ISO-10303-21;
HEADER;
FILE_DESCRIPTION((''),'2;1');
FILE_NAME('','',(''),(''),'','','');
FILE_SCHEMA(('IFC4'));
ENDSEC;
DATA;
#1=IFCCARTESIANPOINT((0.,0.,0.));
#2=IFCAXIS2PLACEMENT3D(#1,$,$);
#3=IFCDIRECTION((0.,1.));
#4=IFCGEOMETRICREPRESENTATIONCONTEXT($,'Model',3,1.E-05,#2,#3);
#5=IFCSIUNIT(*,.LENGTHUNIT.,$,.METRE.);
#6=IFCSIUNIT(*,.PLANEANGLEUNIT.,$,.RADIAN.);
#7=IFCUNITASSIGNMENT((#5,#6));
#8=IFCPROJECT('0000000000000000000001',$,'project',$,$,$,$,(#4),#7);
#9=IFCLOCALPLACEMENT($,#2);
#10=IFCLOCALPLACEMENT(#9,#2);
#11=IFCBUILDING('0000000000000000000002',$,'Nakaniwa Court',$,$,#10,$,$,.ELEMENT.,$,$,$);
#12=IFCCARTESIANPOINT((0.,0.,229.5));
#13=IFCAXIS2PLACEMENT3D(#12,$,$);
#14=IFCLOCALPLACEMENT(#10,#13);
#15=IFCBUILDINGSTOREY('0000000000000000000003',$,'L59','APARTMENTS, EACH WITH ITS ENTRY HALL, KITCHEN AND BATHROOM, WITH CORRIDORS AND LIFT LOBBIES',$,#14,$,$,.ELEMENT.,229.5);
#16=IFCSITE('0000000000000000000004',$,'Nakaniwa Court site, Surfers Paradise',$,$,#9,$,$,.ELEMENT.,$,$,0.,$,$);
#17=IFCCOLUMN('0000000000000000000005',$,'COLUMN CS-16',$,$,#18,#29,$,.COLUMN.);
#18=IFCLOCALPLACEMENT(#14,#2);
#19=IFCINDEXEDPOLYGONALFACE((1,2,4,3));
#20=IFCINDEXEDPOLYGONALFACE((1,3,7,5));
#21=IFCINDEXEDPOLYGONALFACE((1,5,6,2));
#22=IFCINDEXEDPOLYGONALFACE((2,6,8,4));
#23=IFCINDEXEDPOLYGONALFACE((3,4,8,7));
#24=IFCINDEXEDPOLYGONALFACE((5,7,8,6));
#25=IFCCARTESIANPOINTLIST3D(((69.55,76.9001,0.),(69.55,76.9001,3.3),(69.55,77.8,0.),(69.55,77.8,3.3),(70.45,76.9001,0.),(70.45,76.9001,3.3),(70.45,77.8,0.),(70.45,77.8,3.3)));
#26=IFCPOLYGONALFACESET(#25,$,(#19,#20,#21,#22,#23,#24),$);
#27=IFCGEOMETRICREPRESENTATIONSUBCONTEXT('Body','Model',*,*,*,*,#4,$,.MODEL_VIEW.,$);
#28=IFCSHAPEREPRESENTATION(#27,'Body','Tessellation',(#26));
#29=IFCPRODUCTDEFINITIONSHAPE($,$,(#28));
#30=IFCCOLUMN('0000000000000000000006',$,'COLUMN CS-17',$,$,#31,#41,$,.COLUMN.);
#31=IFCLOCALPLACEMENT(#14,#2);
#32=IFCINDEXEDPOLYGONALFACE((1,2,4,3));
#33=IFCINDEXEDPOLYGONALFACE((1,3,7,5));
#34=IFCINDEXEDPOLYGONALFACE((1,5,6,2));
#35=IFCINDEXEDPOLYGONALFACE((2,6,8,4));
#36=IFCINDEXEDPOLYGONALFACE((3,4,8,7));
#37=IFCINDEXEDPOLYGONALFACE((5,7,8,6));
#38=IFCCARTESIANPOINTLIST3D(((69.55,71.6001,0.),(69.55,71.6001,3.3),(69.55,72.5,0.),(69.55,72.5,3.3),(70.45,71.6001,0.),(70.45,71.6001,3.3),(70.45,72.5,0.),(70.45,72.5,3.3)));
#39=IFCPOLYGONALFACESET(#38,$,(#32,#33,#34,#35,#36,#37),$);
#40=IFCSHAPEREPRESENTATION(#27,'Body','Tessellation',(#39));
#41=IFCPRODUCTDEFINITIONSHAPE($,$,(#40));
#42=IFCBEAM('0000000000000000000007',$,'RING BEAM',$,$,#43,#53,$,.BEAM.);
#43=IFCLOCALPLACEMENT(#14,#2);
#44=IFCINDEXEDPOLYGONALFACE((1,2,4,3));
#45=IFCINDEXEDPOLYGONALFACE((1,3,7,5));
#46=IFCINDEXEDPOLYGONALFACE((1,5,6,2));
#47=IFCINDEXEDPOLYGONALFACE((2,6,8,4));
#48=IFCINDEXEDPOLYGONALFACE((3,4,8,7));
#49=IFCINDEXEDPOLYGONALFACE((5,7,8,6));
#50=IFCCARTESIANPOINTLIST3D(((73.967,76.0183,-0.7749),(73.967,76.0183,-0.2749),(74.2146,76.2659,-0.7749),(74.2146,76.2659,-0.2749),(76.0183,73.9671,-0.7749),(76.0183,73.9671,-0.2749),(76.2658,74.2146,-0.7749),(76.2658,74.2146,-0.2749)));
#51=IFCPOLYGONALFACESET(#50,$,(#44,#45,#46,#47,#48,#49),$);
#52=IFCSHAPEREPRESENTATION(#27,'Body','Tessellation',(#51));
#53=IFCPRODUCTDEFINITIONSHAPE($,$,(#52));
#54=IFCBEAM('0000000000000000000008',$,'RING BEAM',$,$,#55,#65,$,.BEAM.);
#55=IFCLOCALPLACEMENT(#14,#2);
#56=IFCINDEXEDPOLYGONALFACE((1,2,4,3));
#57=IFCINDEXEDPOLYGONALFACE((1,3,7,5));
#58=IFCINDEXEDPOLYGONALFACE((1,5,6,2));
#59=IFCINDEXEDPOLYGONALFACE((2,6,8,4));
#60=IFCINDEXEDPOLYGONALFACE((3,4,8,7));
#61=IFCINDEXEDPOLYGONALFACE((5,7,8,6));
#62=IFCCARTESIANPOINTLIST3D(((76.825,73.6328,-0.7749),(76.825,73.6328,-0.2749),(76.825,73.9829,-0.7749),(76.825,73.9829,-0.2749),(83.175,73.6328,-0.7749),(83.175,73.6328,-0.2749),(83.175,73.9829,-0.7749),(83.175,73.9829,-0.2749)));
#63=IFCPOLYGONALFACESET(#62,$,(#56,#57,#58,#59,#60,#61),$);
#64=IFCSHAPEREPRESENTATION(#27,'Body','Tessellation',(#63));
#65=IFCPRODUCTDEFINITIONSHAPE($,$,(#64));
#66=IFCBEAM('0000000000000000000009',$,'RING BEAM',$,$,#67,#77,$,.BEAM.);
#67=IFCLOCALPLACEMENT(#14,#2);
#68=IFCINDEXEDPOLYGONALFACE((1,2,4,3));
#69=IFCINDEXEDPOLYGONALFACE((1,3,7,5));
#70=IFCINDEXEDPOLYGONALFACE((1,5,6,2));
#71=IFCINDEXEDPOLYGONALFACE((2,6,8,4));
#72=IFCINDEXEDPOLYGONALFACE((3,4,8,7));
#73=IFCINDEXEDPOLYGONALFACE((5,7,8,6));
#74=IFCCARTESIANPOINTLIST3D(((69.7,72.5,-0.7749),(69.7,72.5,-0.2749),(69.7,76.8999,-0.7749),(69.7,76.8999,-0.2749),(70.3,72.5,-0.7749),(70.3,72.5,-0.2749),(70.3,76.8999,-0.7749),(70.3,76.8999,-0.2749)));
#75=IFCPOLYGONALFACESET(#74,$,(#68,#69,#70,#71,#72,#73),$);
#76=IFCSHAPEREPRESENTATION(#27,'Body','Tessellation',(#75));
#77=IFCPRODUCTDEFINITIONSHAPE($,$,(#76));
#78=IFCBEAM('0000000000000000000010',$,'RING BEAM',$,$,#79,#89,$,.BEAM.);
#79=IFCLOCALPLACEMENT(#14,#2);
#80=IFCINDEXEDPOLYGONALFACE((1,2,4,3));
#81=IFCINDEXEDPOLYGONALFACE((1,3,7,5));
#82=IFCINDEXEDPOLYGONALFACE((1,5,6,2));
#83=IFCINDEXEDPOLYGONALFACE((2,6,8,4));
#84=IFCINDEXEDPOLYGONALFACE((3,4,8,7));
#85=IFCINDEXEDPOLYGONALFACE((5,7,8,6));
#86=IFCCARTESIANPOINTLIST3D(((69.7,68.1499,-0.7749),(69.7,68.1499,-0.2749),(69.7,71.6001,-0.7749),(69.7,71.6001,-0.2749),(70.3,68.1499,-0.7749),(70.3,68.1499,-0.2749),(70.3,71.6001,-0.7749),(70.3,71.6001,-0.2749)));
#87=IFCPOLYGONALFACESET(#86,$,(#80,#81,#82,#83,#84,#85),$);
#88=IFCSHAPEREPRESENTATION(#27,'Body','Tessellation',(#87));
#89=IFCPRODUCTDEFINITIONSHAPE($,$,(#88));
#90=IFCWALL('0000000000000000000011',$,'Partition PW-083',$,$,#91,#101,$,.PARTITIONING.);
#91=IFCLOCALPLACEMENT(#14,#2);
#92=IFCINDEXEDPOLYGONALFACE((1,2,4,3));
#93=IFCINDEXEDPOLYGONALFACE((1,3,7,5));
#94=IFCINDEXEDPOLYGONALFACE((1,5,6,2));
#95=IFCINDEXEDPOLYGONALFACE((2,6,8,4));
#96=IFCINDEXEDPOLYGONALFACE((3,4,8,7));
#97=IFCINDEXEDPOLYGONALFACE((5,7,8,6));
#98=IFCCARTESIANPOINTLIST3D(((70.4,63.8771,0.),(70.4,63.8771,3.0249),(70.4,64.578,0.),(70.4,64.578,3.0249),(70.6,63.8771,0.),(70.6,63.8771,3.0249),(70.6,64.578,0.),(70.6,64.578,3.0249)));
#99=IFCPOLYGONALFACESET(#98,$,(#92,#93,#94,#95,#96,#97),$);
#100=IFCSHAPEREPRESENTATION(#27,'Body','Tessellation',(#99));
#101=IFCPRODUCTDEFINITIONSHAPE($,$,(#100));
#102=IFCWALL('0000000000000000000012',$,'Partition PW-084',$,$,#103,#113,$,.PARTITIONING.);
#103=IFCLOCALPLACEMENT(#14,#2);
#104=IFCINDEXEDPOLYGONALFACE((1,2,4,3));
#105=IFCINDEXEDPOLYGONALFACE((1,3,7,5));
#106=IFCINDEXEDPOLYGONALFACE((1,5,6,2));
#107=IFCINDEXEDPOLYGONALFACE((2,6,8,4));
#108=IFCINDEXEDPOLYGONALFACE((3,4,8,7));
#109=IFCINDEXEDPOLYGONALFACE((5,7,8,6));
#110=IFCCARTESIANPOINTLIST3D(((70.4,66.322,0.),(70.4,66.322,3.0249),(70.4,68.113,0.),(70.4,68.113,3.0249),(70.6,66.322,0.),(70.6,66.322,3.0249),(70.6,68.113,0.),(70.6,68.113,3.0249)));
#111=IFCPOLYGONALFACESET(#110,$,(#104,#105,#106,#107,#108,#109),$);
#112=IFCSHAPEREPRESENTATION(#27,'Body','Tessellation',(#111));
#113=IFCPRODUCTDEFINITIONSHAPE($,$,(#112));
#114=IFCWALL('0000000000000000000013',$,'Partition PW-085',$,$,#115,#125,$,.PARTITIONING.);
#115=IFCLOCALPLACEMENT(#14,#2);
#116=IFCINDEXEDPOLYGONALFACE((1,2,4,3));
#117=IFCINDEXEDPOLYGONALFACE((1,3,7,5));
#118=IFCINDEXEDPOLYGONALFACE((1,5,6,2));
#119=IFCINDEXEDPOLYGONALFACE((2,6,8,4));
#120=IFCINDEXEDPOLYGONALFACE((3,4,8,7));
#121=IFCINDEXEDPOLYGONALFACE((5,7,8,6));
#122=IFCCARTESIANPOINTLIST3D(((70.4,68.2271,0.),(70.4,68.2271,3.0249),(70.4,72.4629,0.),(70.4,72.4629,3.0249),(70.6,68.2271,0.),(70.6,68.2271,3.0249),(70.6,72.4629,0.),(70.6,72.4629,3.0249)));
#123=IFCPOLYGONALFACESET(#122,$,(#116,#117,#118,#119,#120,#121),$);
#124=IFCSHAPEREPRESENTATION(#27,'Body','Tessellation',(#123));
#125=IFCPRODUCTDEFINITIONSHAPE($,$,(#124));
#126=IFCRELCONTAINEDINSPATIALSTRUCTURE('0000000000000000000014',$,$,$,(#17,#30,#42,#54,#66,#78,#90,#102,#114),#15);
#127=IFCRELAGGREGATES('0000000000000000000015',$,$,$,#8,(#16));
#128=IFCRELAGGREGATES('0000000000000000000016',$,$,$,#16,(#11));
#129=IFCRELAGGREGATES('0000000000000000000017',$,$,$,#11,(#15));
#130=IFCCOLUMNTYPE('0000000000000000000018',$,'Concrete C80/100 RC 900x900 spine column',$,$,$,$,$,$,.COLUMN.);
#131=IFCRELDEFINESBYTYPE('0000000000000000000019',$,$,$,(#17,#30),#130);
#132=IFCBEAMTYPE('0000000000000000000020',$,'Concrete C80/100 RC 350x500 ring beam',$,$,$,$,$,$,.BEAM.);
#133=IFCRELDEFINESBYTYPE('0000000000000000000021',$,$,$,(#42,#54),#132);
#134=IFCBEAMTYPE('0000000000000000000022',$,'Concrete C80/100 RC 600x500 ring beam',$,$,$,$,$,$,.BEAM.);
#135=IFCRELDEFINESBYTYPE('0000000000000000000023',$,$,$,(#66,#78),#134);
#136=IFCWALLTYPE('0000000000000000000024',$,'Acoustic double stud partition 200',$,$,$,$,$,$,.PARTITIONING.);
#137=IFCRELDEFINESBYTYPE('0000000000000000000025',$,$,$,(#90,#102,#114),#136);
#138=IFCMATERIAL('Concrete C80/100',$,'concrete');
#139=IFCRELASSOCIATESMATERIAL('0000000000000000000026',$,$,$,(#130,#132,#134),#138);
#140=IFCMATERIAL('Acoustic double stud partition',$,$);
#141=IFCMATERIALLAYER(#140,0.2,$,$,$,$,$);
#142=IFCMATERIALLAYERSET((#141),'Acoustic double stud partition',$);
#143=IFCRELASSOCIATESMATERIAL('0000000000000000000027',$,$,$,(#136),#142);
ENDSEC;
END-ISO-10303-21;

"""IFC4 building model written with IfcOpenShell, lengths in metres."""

from ifc_helpers import new_model, si_unit, direction, frame, frame_2d, origin, origin_2d, place, context, subcontext, project, spatial, rectangle, extrude, material, layer, layer_set, material_profile, profile_set, type_object, element, save


model = new_model("IFC4")

# Units and contexts
model_context = context("Model", 3, precision=1e-05, world=origin(), true_north=direction((0.0, 1.0)))
body_context = subcontext(model_context, "Body", "Model", "MODEL_VIEW")
ifc_project = project(units=[si_unit("LENGTHUNIT", "METRE"), si_unit("PLANEANGLEUNIT", "RADIAN")], contexts=[model_context])

# Site, building, storey
site_placement = place(None, origin())
site = spatial("IfcSite", under=ifc_project, at=site_placement, Name="Nakaniwa Court site, Surfers Paradise", CompositionType="ELEMENT", RefElevation=0.0)
building_placement = place(site_placement, origin())
building = spatial("IfcBuilding", under=site, at=building_placement, Name="Nakaniwa Court", CompositionType="ELEMENT")
storey_placement = place(building_placement, frame((0.0, 0.0, 229.5)))
storey = spatial("IfcBuildingStorey", under=building, at=storey_placement, Name="L59", Description="APARTMENTS, EACH WITH ITS ENTRY HALL, KITCHEN AND BATHROOM, WITH CORRIDORS AND LIFT LOBBIES", CompositionType="ELEMENT", Elevation=229.5)

# Columns
ifc_material_1 = material(Name="Concrete C80/100", Category="concrete")
ifc_material_profile_1 = material_profile(ifc_material_1, rectangle(XDim=0.8999, YDim=0.8999, at=origin_2d()), Name="Concrete C80/100 RC 900x900 spine column")
ifc_profile_set_1 = profile_set([ifc_material_profile_1], Name="Concrete C80/100")
column_type_1 = type_object("IfcColumnType", Name="Concrete C80/100 RC 900x900 spine column", PredefinedType="COLUMN", material=ifc_profile_set_1)
for number, where, z_axis, x_axis, name in (
    (1, (70.0, 77.3501, 0.0), (0.0, 0.0, 1.0), (0.0, -1.0, 0.0), "COLUMN CS-16"),
    (2, (70.0, 72.05, 0.0), (0.0, 0.0, 1.0), (0.0, -1.0, 0.0), "COLUMN CS-17"),
):
    element("IfcColumn", number, at=place(storey_placement, frame(where, z_axis=z_axis, x_axis=x_axis)), inside=storey, type_object=column_type_1, Name=name, PredefinedType="COLUMN", context=body_context, shape_type="SweptSolid", body=[
        extrude(rectangle(XDim=0.8999, YDim=0.8999, at=origin_2d()), origin(), (0.0, 0.0, 1.0), 3.3),
    ])

# Beams
ifc_material_profile_2 = material_profile(ifc_material_1, rectangle(XDim=0.3501, YDim=0.5, at=origin_2d()), Name="Concrete C80/100 RC 350x500 ring beam")
ifc_profile_set_2 = profile_set([ifc_material_profile_2], Name="Concrete C80/100")
beam_type_1 = type_object("IfcBeamType", Name="Concrete C80/100 RC 350x500 ring beam", PredefinedType="BEAM", material=ifc_profile_set_2)
beam_1_placement = place(storey_placement, frame((74.0908, 76.1421, -0.5249), z_axis=(0.707107, -0.707107, 0.0), x_axis=(0.707107, 0.707107, 0.0)))
element("IfcBeam", 3, at=beam_1_placement, inside=storey, type_object=beam_type_1, Name="RING BEAM", PredefinedType="BEAM", context=body_context, shape_type="SweptSolid", body=[
    extrude(rectangle(XDim=0.3501, YDim=0.5, at=origin_2d()), origin(), (0.0, 0.0, 1.0), 2.9009),
])
beam_2_placement = place(storey_placement, frame((76.825, 73.8079, -0.5249), z_axis=(1.0, 0.0, 0.0), x_axis=(0.0, 1.0, 0.0)))
element("IfcBeam", 4, at=beam_2_placement, inside=storey, type_object=beam_type_1, Name="RING BEAM", PredefinedType="BEAM", context=body_context, shape_type="SweptSolid", body=[
    extrude(rectangle(XDim=0.3501, YDim=0.5, at=origin_2d()), origin(), (0.0, 0.0, 1.0), 6.3501),
])
ifc_material_profile_3 = material_profile(ifc_material_1, rectangle(XDim=0.6001, YDim=0.5, at=origin_2d()), Name="Concrete C80/100 RC 600x500 ring beam")
ifc_profile_set_3 = profile_set([ifc_material_profile_3], Name="Concrete C80/100")
beam_type_2 = type_object("IfcBeamType", Name="Concrete C80/100 RC 600x500 ring beam", PredefinedType="BEAM", material=ifc_profile_set_3)
beam_3_placement = place(storey_placement, frame((70.0, 76.8999, -0.5249), z_axis=(0.0, -1.0, 0.0), x_axis=(1.0, 0.0, 0.0)))
element("IfcBeam", 5, at=beam_3_placement, inside=storey, type_object=beam_type_2, Name="RING BEAM", PredefinedType="BEAM", context=body_context, shape_type="SweptSolid", body=[
    extrude(rectangle(XDim=0.6001, YDim=0.5, at=origin_2d()), origin(), (0.0, 0.0, 1.0), 4.3999),
])
beam_4_placement = place(storey_placement, frame((70.0, 71.6001, -0.5249), z_axis=(0.0, -1.0, 0.0), x_axis=(1.0, 0.0, 0.0)))
element("IfcBeam", 6, at=beam_4_placement, inside=storey, type_object=beam_type_2, Name="RING BEAM", PredefinedType="BEAM", context=body_context, shape_type="SweptSolid", body=[
    extrude(rectangle(XDim=0.6001, YDim=0.5, at=origin_2d()), origin(), (0.0, 0.0, 1.0), 3.4502),
])

# Walls
ifc_material_2 = material(Name="Acoustic double stud partition")
ifc_layer_1 = layer(ifc_material_2, 0.2)
ifc_layer_set_1 = layer_set([ifc_layer_1], Name="Acoustic double stud partition")
wall_type_1 = type_object("IfcWallType", Name="Acoustic double stud partition 200", PredefinedType="PARTITIONING", material=ifc_layer_set_1)
wall_1_placement = place(storey_placement, frame((70.5, 63.877, 0.0), z_axis=(0.0, 0.0, 1.0), x_axis=(0.0, 1.0, 0.0)))
element("IfcWall", 7, at=wall_1_placement, inside=storey, type_object=wall_type_1, Name="Partition PW-083", PredefinedType="PARTITIONING", context=body_context, shape_type="SweptSolid", body=[
    extrude(rectangle(XDim=0.7009, YDim=0.2, at=frame_2d((0.3506, 0.0))), origin(), (0.0, 0.0, 1.0), 3.0249),
])
wall_2_placement = place(storey_placement, frame((70.5, 66.322, 0.0), z_axis=(0.0, 0.0, 1.0), x_axis=(0.0, 1.0, 0.0)))
element("IfcWall", 8, at=wall_2_placement, inside=storey, type_object=wall_type_1, Name="Partition PW-084", PredefinedType="PARTITIONING", context=body_context, shape_type="SweptSolid", body=[
    extrude(rectangle(XDim=1.791, YDim=0.2, at=frame_2d((0.8955, 0.0))), origin(), (0.0, 0.0, 1.0), 3.0249),
])
wall_3_placement = place(storey_placement, frame((70.5, 68.2271, 0.0), z_axis=(0.0, 0.0, 1.0), x_axis=(0.0, 1.0, 0.0)))
element("IfcWall", 9, at=wall_3_placement, inside=storey, type_object=wall_type_1, Name="Partition PW-085", PredefinedType="PARTITIONING", context=body_context, shape_type="SweptSolid", body=[
    extrude(rectangle(XDim=4.2358, YDim=0.2, at=frame_2d((2.1179, 0.0))), origin(), (0.0, 0.0, 1.0), 3.0249),
])

save(model, "model.ifc")
